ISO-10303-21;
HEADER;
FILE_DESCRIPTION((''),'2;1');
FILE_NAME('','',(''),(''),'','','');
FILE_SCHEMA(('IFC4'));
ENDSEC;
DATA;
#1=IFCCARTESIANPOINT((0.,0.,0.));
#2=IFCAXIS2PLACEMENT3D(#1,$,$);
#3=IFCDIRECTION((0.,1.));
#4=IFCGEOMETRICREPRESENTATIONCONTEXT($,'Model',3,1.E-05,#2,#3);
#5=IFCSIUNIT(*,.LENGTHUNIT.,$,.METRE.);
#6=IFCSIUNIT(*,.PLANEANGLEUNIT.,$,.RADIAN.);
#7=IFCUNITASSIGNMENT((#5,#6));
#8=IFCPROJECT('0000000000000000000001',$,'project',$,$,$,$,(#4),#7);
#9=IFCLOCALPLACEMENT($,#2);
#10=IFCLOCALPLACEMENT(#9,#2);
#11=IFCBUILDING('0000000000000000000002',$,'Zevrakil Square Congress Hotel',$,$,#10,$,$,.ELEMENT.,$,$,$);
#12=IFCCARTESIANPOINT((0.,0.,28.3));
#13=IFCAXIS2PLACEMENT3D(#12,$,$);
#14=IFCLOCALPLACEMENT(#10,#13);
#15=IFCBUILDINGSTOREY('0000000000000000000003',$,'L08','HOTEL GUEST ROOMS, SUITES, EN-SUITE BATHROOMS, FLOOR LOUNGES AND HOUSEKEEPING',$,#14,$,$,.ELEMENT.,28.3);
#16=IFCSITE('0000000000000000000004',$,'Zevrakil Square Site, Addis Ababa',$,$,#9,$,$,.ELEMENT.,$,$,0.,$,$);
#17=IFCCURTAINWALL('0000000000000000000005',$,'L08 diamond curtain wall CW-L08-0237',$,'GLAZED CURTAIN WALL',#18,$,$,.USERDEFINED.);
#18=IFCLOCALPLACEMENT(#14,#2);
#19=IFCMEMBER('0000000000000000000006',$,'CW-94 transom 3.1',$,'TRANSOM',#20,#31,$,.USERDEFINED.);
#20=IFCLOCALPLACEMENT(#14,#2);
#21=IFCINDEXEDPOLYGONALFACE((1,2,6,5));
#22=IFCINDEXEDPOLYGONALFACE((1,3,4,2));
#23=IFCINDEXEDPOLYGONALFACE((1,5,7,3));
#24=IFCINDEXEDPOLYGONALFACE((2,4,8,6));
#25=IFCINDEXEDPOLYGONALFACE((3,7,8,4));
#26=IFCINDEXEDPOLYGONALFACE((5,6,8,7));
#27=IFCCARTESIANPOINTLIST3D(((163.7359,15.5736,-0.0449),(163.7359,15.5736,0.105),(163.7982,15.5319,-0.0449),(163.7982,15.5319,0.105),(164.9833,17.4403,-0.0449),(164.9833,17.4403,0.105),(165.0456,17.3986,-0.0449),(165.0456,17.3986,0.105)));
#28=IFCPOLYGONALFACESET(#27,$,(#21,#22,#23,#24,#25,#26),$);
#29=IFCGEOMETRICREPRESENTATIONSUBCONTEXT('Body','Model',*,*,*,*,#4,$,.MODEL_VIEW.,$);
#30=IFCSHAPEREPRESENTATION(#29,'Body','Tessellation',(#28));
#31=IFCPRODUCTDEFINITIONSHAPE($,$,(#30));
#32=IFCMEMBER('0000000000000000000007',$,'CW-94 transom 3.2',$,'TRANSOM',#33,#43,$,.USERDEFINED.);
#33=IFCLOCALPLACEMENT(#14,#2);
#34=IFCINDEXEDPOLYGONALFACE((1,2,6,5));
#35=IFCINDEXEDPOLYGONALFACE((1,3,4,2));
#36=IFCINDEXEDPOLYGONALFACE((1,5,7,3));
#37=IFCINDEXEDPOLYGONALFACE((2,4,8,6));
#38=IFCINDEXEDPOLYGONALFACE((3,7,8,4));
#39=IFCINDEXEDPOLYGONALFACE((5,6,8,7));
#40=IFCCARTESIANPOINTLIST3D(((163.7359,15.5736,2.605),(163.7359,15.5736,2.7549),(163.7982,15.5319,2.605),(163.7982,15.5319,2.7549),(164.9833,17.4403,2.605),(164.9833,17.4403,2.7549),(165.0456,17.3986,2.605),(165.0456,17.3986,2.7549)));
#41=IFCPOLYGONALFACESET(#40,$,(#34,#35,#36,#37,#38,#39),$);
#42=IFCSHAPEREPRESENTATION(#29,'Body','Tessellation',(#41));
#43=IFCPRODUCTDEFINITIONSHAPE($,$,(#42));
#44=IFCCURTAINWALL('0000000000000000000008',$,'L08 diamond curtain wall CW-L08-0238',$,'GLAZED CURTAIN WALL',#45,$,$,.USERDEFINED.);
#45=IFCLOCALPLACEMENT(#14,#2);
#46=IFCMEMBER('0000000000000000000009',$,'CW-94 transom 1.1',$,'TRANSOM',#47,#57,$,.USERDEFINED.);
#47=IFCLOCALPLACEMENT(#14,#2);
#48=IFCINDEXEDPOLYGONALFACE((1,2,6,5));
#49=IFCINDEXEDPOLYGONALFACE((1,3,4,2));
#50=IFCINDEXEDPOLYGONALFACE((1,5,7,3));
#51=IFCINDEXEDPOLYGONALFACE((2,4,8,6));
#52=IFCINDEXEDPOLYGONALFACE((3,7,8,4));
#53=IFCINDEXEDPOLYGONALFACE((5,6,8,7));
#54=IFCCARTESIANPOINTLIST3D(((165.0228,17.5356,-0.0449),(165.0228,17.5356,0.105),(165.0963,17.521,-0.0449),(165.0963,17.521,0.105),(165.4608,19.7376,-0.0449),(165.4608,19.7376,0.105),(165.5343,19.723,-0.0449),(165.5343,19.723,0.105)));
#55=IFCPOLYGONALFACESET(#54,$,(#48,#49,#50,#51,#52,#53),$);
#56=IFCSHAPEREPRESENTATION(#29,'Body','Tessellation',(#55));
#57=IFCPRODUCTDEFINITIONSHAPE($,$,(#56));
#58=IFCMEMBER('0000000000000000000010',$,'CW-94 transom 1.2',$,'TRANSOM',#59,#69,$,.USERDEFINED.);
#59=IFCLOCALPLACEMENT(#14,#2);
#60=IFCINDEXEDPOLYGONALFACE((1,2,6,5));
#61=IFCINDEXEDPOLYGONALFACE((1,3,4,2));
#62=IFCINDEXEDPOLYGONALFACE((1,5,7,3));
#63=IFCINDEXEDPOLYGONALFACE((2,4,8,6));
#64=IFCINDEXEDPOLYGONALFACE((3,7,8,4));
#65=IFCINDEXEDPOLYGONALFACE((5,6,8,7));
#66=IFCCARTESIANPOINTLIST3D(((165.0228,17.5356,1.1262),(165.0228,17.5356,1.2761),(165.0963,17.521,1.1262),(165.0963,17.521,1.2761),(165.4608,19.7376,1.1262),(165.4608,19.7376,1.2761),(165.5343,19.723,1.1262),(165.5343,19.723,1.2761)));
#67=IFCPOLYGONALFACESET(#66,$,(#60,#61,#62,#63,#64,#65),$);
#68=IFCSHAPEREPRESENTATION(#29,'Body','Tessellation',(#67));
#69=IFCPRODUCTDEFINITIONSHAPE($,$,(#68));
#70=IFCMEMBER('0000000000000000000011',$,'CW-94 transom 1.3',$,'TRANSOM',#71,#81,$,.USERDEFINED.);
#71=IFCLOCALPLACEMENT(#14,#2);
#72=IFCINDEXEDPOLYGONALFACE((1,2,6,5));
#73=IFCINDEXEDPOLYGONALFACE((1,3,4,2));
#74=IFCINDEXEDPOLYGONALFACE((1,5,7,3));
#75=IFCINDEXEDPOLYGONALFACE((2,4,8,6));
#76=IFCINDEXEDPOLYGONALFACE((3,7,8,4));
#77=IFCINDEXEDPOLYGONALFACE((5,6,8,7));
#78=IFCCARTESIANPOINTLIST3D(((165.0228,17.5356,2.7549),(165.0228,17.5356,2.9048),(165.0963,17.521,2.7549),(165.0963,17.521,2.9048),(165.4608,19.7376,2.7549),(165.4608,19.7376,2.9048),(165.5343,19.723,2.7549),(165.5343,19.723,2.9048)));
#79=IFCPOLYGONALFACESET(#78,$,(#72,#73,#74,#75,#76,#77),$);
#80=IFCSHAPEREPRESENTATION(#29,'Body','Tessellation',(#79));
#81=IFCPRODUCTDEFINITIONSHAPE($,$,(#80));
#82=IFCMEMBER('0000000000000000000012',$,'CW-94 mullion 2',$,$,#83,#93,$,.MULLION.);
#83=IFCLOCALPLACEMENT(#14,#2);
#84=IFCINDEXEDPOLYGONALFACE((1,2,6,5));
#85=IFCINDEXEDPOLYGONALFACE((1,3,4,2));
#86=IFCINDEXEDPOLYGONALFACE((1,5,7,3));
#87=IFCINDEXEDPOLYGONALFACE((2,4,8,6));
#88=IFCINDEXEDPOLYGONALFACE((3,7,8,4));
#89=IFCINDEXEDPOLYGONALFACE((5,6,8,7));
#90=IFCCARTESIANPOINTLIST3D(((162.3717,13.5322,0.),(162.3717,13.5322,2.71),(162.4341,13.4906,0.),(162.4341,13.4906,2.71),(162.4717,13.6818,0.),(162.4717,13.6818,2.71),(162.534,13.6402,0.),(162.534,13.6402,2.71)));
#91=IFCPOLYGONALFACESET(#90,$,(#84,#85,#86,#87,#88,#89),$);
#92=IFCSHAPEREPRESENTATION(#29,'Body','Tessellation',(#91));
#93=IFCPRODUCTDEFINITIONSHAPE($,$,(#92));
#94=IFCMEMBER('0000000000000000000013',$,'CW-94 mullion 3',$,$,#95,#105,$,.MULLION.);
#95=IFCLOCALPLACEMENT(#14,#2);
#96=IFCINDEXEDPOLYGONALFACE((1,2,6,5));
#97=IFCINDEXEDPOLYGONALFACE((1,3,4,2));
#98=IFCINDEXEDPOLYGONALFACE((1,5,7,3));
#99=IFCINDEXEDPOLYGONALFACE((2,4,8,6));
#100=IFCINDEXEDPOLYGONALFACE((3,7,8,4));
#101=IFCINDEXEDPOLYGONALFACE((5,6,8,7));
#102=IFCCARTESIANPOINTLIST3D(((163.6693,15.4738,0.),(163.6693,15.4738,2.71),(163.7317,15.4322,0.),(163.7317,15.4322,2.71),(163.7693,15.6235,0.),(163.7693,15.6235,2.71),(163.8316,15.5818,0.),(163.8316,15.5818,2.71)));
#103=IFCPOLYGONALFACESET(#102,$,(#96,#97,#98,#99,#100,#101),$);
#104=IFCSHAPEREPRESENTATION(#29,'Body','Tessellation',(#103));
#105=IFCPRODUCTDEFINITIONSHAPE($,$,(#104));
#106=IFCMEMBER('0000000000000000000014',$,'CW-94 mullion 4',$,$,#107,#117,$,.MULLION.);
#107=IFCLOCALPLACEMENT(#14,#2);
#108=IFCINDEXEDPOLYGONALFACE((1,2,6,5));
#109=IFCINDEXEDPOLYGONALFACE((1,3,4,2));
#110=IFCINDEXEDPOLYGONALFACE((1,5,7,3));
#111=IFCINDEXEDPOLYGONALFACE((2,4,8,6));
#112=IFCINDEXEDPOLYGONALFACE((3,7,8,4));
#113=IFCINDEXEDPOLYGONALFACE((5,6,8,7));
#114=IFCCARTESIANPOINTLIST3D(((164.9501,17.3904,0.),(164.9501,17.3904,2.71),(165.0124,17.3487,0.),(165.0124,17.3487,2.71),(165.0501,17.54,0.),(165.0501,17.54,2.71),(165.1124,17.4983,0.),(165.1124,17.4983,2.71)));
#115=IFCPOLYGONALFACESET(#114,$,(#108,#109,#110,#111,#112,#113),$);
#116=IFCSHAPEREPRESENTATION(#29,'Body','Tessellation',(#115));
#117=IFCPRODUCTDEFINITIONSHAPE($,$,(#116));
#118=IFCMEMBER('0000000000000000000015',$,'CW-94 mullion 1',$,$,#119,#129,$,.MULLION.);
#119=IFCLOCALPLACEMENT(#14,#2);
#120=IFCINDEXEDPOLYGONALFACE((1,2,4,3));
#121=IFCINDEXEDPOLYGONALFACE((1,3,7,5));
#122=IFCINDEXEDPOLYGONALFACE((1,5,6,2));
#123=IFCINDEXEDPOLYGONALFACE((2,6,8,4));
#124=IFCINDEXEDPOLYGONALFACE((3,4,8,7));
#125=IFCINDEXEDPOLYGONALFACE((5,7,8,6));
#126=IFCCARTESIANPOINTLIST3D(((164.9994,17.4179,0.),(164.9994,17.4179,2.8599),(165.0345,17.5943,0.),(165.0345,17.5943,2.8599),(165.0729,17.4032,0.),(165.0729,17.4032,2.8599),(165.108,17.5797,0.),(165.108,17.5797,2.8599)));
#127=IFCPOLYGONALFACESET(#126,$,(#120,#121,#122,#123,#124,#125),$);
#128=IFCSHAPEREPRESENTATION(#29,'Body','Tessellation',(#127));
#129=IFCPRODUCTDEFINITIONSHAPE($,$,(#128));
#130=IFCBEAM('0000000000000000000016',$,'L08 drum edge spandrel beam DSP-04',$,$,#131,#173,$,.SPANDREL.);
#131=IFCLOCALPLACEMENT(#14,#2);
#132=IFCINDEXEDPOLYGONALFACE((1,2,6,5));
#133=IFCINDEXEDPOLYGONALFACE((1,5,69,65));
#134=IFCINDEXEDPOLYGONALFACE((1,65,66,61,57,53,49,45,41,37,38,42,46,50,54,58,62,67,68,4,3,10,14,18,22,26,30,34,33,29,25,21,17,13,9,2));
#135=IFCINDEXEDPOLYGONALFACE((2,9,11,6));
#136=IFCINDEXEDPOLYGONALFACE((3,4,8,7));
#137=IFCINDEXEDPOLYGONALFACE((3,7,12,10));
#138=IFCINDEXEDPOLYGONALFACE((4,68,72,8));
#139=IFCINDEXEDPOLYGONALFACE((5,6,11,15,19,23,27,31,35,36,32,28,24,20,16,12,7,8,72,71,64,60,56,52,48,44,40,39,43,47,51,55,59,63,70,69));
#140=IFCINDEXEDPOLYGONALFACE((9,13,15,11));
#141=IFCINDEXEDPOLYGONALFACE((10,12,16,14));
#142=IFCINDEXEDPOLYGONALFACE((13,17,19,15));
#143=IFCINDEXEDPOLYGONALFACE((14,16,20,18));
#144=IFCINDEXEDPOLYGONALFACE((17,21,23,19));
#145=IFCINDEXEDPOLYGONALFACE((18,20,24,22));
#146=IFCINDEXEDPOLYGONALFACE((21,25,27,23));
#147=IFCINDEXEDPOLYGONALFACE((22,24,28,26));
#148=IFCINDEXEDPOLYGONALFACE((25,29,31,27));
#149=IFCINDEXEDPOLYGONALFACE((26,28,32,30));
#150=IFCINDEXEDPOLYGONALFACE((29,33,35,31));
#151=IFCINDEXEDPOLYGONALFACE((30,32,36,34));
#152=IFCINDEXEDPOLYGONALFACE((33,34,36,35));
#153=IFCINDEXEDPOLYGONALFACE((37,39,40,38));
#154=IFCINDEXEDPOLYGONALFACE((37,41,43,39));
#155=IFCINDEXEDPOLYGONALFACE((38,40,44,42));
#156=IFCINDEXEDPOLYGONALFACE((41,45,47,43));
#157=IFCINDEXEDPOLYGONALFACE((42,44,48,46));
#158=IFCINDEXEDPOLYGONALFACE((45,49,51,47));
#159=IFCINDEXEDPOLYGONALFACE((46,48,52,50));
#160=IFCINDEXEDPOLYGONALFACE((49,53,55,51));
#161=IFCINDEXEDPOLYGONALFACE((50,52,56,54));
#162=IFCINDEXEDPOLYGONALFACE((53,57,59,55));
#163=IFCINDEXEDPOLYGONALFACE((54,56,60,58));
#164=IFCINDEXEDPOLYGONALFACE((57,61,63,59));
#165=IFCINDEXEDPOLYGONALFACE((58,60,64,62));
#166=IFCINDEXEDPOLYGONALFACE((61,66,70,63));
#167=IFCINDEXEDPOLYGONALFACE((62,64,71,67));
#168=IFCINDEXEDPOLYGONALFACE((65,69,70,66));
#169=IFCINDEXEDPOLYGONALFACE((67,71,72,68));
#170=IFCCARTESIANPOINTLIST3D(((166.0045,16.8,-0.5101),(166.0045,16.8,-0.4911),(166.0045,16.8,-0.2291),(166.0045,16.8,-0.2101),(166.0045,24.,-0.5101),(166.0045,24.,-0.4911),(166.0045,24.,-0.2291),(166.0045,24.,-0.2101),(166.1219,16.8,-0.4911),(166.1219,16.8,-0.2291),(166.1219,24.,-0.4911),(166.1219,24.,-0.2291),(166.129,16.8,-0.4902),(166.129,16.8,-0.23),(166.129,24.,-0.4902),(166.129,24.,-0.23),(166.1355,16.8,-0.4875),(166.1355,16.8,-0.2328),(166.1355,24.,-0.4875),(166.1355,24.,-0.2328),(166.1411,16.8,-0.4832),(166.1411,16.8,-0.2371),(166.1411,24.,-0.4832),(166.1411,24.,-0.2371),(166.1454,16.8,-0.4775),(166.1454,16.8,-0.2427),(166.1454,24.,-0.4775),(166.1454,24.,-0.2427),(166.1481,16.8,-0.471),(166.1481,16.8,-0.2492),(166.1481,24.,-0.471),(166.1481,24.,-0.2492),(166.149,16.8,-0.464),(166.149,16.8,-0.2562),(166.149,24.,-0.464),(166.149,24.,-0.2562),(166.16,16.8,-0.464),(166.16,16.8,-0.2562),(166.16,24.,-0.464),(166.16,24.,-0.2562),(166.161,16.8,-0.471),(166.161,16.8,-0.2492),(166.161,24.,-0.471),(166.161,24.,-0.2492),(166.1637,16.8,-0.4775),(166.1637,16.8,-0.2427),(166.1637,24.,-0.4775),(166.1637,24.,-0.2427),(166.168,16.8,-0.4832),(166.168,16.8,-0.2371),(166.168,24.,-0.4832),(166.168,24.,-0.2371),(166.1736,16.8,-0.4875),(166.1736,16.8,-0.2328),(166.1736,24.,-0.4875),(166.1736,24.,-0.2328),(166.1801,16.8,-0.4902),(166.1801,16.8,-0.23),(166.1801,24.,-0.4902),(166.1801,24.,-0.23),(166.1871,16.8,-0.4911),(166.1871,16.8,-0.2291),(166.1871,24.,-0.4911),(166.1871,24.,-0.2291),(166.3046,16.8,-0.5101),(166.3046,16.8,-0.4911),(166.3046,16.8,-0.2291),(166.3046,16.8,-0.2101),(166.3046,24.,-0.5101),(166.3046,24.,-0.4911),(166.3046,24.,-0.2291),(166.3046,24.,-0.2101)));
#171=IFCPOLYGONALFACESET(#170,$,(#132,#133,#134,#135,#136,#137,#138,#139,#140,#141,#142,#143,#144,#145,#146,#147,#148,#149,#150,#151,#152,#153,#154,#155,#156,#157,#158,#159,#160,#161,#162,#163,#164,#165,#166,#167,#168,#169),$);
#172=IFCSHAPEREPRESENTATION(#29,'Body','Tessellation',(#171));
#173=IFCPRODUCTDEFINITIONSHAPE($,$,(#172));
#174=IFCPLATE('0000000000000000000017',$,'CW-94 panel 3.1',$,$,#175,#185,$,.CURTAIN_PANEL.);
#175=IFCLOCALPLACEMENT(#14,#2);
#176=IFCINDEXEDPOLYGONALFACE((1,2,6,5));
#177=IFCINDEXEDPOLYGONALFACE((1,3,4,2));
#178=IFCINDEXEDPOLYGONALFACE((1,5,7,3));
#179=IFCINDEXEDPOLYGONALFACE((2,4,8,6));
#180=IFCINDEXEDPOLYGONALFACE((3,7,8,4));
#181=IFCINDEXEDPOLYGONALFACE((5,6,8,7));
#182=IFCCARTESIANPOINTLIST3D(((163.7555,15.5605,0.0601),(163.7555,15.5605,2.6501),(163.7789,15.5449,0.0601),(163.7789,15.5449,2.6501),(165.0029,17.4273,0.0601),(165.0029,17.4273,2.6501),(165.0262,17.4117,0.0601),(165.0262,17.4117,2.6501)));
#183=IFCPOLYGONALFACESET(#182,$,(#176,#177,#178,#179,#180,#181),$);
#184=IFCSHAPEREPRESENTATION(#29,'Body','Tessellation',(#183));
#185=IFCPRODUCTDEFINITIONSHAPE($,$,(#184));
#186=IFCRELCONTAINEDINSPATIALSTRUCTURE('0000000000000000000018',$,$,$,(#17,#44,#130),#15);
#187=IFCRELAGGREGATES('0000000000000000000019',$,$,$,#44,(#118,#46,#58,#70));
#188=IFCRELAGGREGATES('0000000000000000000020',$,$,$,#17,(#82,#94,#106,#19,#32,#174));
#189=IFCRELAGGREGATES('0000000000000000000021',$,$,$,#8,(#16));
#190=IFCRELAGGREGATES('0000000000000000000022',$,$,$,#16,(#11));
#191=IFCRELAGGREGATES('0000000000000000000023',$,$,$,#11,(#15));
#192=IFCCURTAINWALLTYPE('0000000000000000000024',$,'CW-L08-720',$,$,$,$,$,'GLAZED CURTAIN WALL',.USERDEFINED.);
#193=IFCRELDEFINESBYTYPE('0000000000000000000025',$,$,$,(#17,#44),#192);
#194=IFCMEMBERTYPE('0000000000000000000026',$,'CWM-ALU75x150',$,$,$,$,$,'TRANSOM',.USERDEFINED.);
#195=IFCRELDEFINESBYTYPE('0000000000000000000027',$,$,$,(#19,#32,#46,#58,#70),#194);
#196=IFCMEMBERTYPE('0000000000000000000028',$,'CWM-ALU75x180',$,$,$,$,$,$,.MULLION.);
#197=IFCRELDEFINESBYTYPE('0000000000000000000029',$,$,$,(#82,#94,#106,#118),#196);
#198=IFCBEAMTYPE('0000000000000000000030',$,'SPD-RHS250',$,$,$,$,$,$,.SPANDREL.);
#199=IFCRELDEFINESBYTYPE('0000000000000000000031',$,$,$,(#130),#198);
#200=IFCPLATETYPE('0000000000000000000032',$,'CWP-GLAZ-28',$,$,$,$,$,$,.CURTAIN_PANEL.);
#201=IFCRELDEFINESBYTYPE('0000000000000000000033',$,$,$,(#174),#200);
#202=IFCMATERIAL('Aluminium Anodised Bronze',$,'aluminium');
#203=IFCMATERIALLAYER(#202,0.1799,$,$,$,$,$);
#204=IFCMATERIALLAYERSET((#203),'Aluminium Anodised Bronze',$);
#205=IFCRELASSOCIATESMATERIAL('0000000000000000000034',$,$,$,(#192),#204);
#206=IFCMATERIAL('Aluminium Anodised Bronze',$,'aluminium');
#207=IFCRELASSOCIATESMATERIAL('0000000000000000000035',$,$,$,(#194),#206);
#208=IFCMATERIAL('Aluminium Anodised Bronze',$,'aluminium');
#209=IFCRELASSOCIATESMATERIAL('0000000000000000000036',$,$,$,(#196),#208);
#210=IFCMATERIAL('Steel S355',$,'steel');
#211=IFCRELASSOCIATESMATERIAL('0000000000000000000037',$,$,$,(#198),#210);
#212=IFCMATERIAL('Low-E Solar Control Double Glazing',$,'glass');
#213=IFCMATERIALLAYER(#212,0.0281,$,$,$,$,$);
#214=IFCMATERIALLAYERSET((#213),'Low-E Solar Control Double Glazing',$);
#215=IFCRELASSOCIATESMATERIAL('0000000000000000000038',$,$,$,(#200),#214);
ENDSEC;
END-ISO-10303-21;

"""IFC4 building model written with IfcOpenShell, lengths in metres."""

from ifc_helpers import new_model, si_unit, direction, frame, origin, origin_2d, place, context, subcontext, project, spatial, rectangle, i_section, extrude, material, layer, layer_set, material_profile, profile_set, type_object, element, aggregate, save


model = new_model("IFC4")

# Units and contexts
model_context = context("Model", 3, precision=1e-05, world=origin(), true_north=direction((0.0, 1.0)))
body_context = subcontext(model_context, "Body", "Model", "MODEL_VIEW")
ifc_project = project(units=[si_unit("LENGTHUNIT", "METRE"), si_unit("PLANEANGLEUNIT", "RADIAN")], contexts=[model_context])

# Site, building, storey
site_placement = place(None, origin())
site = spatial("IfcSite", under=ifc_project, at=site_placement, Name="Zevrakil Square Site, Addis Ababa", CompositionType="ELEMENT", RefElevation=0.0)
building_placement = place(site_placement, origin())
building = spatial("IfcBuilding", under=site, at=building_placement, Name="Zevrakil Square Congress Hotel", CompositionType="ELEMENT")
storey_placement = place(building_placement, frame((0.0, 0.0, 28.3)))
storey = spatial("IfcBuildingStorey", under=building, at=storey_placement, Name="L08", Description="HOTEL GUEST ROOMS, SUITES, EN-SUITE BATHROOMS, FLOOR LOUNGES AND HOUSEKEEPING", CompositionType="ELEMENT", Elevation=28.3)

# Curtain walls, members
ifc_material_1 = material(Name="Aluminium Anodised Bronze", Category="aluminium")
ifc_layer_1 = layer(ifc_material_1, 0.1799)
ifc_layer_set_1 = layer_set([ifc_layer_1], Name="Aluminium Anodised Bronze")
curtain_wall_type = type_object("IfcCurtainWallType", Name="CW-L08-720", ElementType="GLAZED CURTAIN WALL", PredefinedType="USERDEFINED", material=ifc_layer_set_1)
curtain_wall_1_placement = place(storey_placement, origin())
curtain_wall_1 = element("IfcCurtainWall", 1, at=curtain_wall_1_placement, inside=storey, type_object=curtain_wall_type, Name="L08 diamond curtain wall CW-L08-0237", ObjectType="GLAZED CURTAIN WALL", PredefinedType="USERDEFINED")
ifc_material_2 = material(Name="Aluminium Anodised Bronze", Category="aluminium")
ifc_material_profile_1 = material_profile(ifc_material_2, rectangle(XDim=0.075, YDim=0.1499, at=origin_2d()), Name="ALU 75x150")
ifc_profile_set_1 = profile_set([ifc_material_profile_1], Name="Aluminium Anodised Bronze")
member_type_1 = type_object("IfcMemberType", Name="CWM-ALU75x150", ElementType="TRANSOM", PredefinedType="USERDEFINED", material=ifc_profile_set_1)
member_1_placement = place(storey_placement, frame((163.7671, 15.5527, 0.03), z_axis=(0.555578, 0.831464, 0.0), x_axis=(-0.831464, 0.555578, 0.0)))
member_1 = element("IfcMember", 2, at=member_1_placement, type_object=member_type_1, Name="CW-94 transom 3.1", ObjectType="TRANSOM", PredefinedType="USERDEFINED", context=body_context, shape_type="SweptSolid", body=[
    extrude(rectangle(XDim=0.075, YDim=0.1499, at=origin_2d()), origin(), (0.0, 0.0, 1.0), 2.2451),
])
member_2_placement = place(storey_placement, frame((163.7671, 15.5527, 2.6799), z_axis=(0.555578, 0.831464, 0.0), x_axis=(-0.831464, 0.555578, 0.0)))
member_2 = element("IfcMember", 3, at=member_2_placement, type_object=member_type_1, Name="CW-94 transom 3.2", ObjectType="TRANSOM", PredefinedType="USERDEFINED", context=body_context, shape_type="SweptSolid", body=[
    extrude(rectangle(XDim=0.075, YDim=0.1499, at=origin_2d()), origin(), (0.0, 0.0, 1.0), 2.2451),
])
curtain_wall_2_placement = place(storey_placement, origin())
curtain_wall_2 = element("IfcCurtainWall", 4, at=curtain_wall_2_placement, inside=storey, type_object=curtain_wall_type, Name="L08 diamond curtain wall CW-L08-0238", ObjectType="GLAZED CURTAIN WALL", PredefinedType="USERDEFINED")
member_3_placement = place(storey_placement, frame((165.0596, 17.5283, 0.03), z_axis=(0.195091, 0.980785, 0.0), x_axis=(-0.980785, 0.195091, 0.0)))
member_3 = element("IfcMember", 5, at=member_3_placement, type_object=member_type_1, Name="CW-94 transom 1.1", ObjectType="TRANSOM", PredefinedType="USERDEFINED", context=body_context, shape_type="SweptSolid", body=[
    extrude(rectangle(XDim=0.075, YDim=0.1499, at=origin_2d()), origin(), (0.0, 0.0, 1.0), 2.2451),
])
member_4_placement = place(storey_placement, frame((165.0596, 17.5283, 1.2012), z_axis=(0.195091, 0.980785, 0.0), x_axis=(-0.980785, 0.195091, 0.0)))
member_4 = element("IfcMember", 6, at=member_4_placement, type_object=member_type_1, Name="CW-94 transom 1.2", ObjectType="TRANSOM", PredefinedType="USERDEFINED", context=body_context, shape_type="SweptSolid", body=[
    extrude(rectangle(XDim=0.075, YDim=0.1499, at=origin_2d()), origin(), (0.0, 0.0, 1.0), 2.2451),
])
member_5_placement = place(storey_placement, frame((165.0596, 17.5283, 2.8298), z_axis=(0.195091, 0.980785, 0.0), x_axis=(-0.980785, 0.195091, 0.0)))
member_5 = element("IfcMember", 7, at=member_5_placement, type_object=member_type_1, Name="CW-94 transom 1.3", ObjectType="TRANSOM", PredefinedType="USERDEFINED", context=body_context, shape_type="SweptSolid", body=[
    extrude(rectangle(XDim=0.075, YDim=0.1499, at=origin_2d()), origin(), (0.0, 0.0, 1.0), 2.2451),
])

# Members
ifc_material_3 = material(Name="Aluminium Anodised Bronze", Category="aluminium")
ifc_material_profile_2 = material_profile(ifc_material_3, rectangle(XDim=0.075, YDim=0.1799, at=origin_2d()), Name="ALU 75x180")
ifc_profile_set_2 = profile_set([ifc_material_profile_2], Name="Aluminium Anodised Bronze")
member_type_2 = type_object("IfcMemberType", Name="CWM-ALU75x180", PredefinedType="MULLION", material=ifc_profile_set_2)
member_6_placement = place(storey_placement, frame((162.4529, 13.5862, 0.0), z_axis=(0.0, 0.0, 1.0), x_axis=(-0.831466, 0.555576, 0.0)))
member_6 = element("IfcMember", 8, at=member_6_placement, type_object=member_type_2, Name="CW-94 mullion 2", PredefinedType="MULLION", context=body_context, shape_type="SweptSolid", body=[
    extrude(rectangle(XDim=0.075, YDim=0.1799, at=origin_2d()), origin(), (0.0, 0.0, 1.0), 2.71),
])
member_7_placement = place(storey_placement, frame((163.7505, 15.5278, 0.0), z_axis=(0.0, 0.0, 1.0), x_axis=(-0.831466, 0.555576, 0.0)))
member_7 = element("IfcMember", 9, at=member_7_placement, type_object=member_type_2, Name="CW-94 mullion 3", PredefinedType="MULLION", context=body_context, shape_type="SweptSolid", body=[
    extrude(rectangle(XDim=0.075, YDim=0.1799, at=origin_2d()), origin(), (0.0, 0.0, 1.0), 2.71),
])
member_8_placement = place(storey_placement, frame((165.0312, 17.4443, 0.0), z_axis=(0.0, 0.0, 1.0), x_axis=(-0.831466, 0.555576, 0.0)))
member_8 = element("IfcMember", 10, at=member_8_placement, type_object=member_type_2, Name="CW-94 mullion 4", PredefinedType="MULLION", context=body_context, shape_type="SweptSolid", body=[
    extrude(rectangle(XDim=0.075, YDim=0.1799, at=origin_2d()), origin(), (0.0, 0.0, 1.0), 2.71),
])
member_9_placement = place(storey_placement, frame((165.0537, 17.4988, 0.0), z_axis=(0.0, 0.0, 1.0), x_axis=(-0.980787, 0.195084, 0.0)))
member_9 = element("IfcMember", 11, at=member_9_placement, type_object=member_type_2, Name="CW-94 mullion 1", PredefinedType="MULLION", context=body_context, shape_type="SweptSolid", body=[
    extrude(rectangle(XDim=0.075, YDim=0.1799, at=origin_2d()), origin(), (0.0, 0.0, 1.0), 2.8599),
])
aggregate(curtain_wall_2, [member_9, member_3, member_4, member_5])

# Beam
ifc_material_4 = material(Name="Steel S355", Category="steel")
ifc_material_profile_3 = material_profile(ifc_material_4, i_section(OverallWidth=0.3, OverallDepth=0.3, WebThickness=0.011, FlangeThickness=0.019, FilletRadius=0.0271, at=origin_2d()), Name="HEB 300")
ifc_profile_set_3 = profile_set([ifc_material_profile_3], Name="Steel S355")
beam_type_1 = type_object("IfcBeamType", Name="SPD-RHS250", PredefinedType="SPANDREL", material=ifc_profile_set_3)
beam_1_placement = place(storey_placement, frame((166.1545, 16.8, -0.3601), z_axis=(0.0, 1.0, 0.0), x_axis=(-1.0, 0.0, 0.0)))
element("IfcBeam", 12, at=beam_1_placement, inside=storey, type_object=beam_type_1, Name="L08 drum edge spandrel beam DSP-04", PredefinedType="SPANDREL", context=body_context, shape_type="SweptSolid", body=[
    extrude(i_section(OverallWidth=0.3, OverallDepth=0.3, WebThickness=0.011, FlangeThickness=0.019, FilletRadius=0.0271, at=origin_2d()), origin(), (0.0, 0.0, 1.0), 7.2),
])

# Plate
ifc_material_5 = material(Name="Low-E Solar Control Double Glazing", Category="glass")
ifc_layer_2 = layer(ifc_material_5, 0.0281)
ifc_layer_set_2 = layer_set([ifc_layer_2], Name="Low-E Solar Control Double Glazing")
plate_type_1 = type_object("IfcPlateType", Name="CWP-GLAZ-28", PredefinedType="CURTAIN_PANEL", material=ifc_layer_set_2)
plate_1_placement = place(storey_placement, frame((164.3909, 16.4861, 0.0601), z_axis=(0.0, 0.0, 1.0), x_axis=(0.555576, 0.831466, 0.0)))
plate_1 = element("IfcPlate", 13, at=plate_1_placement, type_object=plate_type_1, Name="CW-94 panel 3.1", PredefinedType="CURTAIN_PANEL", context=body_context, shape_type="SweptSolid", body=[
    extrude(rectangle(XDim=2.2451, YDim=0.0281, at=origin_2d()), origin(), (0.0, 0.0, 1.0), 2.5901),
])
aggregate(curtain_wall_1, [member_6, member_7, member_8, member_1, member_2, plate_1])

save(model, "model.ifc")
